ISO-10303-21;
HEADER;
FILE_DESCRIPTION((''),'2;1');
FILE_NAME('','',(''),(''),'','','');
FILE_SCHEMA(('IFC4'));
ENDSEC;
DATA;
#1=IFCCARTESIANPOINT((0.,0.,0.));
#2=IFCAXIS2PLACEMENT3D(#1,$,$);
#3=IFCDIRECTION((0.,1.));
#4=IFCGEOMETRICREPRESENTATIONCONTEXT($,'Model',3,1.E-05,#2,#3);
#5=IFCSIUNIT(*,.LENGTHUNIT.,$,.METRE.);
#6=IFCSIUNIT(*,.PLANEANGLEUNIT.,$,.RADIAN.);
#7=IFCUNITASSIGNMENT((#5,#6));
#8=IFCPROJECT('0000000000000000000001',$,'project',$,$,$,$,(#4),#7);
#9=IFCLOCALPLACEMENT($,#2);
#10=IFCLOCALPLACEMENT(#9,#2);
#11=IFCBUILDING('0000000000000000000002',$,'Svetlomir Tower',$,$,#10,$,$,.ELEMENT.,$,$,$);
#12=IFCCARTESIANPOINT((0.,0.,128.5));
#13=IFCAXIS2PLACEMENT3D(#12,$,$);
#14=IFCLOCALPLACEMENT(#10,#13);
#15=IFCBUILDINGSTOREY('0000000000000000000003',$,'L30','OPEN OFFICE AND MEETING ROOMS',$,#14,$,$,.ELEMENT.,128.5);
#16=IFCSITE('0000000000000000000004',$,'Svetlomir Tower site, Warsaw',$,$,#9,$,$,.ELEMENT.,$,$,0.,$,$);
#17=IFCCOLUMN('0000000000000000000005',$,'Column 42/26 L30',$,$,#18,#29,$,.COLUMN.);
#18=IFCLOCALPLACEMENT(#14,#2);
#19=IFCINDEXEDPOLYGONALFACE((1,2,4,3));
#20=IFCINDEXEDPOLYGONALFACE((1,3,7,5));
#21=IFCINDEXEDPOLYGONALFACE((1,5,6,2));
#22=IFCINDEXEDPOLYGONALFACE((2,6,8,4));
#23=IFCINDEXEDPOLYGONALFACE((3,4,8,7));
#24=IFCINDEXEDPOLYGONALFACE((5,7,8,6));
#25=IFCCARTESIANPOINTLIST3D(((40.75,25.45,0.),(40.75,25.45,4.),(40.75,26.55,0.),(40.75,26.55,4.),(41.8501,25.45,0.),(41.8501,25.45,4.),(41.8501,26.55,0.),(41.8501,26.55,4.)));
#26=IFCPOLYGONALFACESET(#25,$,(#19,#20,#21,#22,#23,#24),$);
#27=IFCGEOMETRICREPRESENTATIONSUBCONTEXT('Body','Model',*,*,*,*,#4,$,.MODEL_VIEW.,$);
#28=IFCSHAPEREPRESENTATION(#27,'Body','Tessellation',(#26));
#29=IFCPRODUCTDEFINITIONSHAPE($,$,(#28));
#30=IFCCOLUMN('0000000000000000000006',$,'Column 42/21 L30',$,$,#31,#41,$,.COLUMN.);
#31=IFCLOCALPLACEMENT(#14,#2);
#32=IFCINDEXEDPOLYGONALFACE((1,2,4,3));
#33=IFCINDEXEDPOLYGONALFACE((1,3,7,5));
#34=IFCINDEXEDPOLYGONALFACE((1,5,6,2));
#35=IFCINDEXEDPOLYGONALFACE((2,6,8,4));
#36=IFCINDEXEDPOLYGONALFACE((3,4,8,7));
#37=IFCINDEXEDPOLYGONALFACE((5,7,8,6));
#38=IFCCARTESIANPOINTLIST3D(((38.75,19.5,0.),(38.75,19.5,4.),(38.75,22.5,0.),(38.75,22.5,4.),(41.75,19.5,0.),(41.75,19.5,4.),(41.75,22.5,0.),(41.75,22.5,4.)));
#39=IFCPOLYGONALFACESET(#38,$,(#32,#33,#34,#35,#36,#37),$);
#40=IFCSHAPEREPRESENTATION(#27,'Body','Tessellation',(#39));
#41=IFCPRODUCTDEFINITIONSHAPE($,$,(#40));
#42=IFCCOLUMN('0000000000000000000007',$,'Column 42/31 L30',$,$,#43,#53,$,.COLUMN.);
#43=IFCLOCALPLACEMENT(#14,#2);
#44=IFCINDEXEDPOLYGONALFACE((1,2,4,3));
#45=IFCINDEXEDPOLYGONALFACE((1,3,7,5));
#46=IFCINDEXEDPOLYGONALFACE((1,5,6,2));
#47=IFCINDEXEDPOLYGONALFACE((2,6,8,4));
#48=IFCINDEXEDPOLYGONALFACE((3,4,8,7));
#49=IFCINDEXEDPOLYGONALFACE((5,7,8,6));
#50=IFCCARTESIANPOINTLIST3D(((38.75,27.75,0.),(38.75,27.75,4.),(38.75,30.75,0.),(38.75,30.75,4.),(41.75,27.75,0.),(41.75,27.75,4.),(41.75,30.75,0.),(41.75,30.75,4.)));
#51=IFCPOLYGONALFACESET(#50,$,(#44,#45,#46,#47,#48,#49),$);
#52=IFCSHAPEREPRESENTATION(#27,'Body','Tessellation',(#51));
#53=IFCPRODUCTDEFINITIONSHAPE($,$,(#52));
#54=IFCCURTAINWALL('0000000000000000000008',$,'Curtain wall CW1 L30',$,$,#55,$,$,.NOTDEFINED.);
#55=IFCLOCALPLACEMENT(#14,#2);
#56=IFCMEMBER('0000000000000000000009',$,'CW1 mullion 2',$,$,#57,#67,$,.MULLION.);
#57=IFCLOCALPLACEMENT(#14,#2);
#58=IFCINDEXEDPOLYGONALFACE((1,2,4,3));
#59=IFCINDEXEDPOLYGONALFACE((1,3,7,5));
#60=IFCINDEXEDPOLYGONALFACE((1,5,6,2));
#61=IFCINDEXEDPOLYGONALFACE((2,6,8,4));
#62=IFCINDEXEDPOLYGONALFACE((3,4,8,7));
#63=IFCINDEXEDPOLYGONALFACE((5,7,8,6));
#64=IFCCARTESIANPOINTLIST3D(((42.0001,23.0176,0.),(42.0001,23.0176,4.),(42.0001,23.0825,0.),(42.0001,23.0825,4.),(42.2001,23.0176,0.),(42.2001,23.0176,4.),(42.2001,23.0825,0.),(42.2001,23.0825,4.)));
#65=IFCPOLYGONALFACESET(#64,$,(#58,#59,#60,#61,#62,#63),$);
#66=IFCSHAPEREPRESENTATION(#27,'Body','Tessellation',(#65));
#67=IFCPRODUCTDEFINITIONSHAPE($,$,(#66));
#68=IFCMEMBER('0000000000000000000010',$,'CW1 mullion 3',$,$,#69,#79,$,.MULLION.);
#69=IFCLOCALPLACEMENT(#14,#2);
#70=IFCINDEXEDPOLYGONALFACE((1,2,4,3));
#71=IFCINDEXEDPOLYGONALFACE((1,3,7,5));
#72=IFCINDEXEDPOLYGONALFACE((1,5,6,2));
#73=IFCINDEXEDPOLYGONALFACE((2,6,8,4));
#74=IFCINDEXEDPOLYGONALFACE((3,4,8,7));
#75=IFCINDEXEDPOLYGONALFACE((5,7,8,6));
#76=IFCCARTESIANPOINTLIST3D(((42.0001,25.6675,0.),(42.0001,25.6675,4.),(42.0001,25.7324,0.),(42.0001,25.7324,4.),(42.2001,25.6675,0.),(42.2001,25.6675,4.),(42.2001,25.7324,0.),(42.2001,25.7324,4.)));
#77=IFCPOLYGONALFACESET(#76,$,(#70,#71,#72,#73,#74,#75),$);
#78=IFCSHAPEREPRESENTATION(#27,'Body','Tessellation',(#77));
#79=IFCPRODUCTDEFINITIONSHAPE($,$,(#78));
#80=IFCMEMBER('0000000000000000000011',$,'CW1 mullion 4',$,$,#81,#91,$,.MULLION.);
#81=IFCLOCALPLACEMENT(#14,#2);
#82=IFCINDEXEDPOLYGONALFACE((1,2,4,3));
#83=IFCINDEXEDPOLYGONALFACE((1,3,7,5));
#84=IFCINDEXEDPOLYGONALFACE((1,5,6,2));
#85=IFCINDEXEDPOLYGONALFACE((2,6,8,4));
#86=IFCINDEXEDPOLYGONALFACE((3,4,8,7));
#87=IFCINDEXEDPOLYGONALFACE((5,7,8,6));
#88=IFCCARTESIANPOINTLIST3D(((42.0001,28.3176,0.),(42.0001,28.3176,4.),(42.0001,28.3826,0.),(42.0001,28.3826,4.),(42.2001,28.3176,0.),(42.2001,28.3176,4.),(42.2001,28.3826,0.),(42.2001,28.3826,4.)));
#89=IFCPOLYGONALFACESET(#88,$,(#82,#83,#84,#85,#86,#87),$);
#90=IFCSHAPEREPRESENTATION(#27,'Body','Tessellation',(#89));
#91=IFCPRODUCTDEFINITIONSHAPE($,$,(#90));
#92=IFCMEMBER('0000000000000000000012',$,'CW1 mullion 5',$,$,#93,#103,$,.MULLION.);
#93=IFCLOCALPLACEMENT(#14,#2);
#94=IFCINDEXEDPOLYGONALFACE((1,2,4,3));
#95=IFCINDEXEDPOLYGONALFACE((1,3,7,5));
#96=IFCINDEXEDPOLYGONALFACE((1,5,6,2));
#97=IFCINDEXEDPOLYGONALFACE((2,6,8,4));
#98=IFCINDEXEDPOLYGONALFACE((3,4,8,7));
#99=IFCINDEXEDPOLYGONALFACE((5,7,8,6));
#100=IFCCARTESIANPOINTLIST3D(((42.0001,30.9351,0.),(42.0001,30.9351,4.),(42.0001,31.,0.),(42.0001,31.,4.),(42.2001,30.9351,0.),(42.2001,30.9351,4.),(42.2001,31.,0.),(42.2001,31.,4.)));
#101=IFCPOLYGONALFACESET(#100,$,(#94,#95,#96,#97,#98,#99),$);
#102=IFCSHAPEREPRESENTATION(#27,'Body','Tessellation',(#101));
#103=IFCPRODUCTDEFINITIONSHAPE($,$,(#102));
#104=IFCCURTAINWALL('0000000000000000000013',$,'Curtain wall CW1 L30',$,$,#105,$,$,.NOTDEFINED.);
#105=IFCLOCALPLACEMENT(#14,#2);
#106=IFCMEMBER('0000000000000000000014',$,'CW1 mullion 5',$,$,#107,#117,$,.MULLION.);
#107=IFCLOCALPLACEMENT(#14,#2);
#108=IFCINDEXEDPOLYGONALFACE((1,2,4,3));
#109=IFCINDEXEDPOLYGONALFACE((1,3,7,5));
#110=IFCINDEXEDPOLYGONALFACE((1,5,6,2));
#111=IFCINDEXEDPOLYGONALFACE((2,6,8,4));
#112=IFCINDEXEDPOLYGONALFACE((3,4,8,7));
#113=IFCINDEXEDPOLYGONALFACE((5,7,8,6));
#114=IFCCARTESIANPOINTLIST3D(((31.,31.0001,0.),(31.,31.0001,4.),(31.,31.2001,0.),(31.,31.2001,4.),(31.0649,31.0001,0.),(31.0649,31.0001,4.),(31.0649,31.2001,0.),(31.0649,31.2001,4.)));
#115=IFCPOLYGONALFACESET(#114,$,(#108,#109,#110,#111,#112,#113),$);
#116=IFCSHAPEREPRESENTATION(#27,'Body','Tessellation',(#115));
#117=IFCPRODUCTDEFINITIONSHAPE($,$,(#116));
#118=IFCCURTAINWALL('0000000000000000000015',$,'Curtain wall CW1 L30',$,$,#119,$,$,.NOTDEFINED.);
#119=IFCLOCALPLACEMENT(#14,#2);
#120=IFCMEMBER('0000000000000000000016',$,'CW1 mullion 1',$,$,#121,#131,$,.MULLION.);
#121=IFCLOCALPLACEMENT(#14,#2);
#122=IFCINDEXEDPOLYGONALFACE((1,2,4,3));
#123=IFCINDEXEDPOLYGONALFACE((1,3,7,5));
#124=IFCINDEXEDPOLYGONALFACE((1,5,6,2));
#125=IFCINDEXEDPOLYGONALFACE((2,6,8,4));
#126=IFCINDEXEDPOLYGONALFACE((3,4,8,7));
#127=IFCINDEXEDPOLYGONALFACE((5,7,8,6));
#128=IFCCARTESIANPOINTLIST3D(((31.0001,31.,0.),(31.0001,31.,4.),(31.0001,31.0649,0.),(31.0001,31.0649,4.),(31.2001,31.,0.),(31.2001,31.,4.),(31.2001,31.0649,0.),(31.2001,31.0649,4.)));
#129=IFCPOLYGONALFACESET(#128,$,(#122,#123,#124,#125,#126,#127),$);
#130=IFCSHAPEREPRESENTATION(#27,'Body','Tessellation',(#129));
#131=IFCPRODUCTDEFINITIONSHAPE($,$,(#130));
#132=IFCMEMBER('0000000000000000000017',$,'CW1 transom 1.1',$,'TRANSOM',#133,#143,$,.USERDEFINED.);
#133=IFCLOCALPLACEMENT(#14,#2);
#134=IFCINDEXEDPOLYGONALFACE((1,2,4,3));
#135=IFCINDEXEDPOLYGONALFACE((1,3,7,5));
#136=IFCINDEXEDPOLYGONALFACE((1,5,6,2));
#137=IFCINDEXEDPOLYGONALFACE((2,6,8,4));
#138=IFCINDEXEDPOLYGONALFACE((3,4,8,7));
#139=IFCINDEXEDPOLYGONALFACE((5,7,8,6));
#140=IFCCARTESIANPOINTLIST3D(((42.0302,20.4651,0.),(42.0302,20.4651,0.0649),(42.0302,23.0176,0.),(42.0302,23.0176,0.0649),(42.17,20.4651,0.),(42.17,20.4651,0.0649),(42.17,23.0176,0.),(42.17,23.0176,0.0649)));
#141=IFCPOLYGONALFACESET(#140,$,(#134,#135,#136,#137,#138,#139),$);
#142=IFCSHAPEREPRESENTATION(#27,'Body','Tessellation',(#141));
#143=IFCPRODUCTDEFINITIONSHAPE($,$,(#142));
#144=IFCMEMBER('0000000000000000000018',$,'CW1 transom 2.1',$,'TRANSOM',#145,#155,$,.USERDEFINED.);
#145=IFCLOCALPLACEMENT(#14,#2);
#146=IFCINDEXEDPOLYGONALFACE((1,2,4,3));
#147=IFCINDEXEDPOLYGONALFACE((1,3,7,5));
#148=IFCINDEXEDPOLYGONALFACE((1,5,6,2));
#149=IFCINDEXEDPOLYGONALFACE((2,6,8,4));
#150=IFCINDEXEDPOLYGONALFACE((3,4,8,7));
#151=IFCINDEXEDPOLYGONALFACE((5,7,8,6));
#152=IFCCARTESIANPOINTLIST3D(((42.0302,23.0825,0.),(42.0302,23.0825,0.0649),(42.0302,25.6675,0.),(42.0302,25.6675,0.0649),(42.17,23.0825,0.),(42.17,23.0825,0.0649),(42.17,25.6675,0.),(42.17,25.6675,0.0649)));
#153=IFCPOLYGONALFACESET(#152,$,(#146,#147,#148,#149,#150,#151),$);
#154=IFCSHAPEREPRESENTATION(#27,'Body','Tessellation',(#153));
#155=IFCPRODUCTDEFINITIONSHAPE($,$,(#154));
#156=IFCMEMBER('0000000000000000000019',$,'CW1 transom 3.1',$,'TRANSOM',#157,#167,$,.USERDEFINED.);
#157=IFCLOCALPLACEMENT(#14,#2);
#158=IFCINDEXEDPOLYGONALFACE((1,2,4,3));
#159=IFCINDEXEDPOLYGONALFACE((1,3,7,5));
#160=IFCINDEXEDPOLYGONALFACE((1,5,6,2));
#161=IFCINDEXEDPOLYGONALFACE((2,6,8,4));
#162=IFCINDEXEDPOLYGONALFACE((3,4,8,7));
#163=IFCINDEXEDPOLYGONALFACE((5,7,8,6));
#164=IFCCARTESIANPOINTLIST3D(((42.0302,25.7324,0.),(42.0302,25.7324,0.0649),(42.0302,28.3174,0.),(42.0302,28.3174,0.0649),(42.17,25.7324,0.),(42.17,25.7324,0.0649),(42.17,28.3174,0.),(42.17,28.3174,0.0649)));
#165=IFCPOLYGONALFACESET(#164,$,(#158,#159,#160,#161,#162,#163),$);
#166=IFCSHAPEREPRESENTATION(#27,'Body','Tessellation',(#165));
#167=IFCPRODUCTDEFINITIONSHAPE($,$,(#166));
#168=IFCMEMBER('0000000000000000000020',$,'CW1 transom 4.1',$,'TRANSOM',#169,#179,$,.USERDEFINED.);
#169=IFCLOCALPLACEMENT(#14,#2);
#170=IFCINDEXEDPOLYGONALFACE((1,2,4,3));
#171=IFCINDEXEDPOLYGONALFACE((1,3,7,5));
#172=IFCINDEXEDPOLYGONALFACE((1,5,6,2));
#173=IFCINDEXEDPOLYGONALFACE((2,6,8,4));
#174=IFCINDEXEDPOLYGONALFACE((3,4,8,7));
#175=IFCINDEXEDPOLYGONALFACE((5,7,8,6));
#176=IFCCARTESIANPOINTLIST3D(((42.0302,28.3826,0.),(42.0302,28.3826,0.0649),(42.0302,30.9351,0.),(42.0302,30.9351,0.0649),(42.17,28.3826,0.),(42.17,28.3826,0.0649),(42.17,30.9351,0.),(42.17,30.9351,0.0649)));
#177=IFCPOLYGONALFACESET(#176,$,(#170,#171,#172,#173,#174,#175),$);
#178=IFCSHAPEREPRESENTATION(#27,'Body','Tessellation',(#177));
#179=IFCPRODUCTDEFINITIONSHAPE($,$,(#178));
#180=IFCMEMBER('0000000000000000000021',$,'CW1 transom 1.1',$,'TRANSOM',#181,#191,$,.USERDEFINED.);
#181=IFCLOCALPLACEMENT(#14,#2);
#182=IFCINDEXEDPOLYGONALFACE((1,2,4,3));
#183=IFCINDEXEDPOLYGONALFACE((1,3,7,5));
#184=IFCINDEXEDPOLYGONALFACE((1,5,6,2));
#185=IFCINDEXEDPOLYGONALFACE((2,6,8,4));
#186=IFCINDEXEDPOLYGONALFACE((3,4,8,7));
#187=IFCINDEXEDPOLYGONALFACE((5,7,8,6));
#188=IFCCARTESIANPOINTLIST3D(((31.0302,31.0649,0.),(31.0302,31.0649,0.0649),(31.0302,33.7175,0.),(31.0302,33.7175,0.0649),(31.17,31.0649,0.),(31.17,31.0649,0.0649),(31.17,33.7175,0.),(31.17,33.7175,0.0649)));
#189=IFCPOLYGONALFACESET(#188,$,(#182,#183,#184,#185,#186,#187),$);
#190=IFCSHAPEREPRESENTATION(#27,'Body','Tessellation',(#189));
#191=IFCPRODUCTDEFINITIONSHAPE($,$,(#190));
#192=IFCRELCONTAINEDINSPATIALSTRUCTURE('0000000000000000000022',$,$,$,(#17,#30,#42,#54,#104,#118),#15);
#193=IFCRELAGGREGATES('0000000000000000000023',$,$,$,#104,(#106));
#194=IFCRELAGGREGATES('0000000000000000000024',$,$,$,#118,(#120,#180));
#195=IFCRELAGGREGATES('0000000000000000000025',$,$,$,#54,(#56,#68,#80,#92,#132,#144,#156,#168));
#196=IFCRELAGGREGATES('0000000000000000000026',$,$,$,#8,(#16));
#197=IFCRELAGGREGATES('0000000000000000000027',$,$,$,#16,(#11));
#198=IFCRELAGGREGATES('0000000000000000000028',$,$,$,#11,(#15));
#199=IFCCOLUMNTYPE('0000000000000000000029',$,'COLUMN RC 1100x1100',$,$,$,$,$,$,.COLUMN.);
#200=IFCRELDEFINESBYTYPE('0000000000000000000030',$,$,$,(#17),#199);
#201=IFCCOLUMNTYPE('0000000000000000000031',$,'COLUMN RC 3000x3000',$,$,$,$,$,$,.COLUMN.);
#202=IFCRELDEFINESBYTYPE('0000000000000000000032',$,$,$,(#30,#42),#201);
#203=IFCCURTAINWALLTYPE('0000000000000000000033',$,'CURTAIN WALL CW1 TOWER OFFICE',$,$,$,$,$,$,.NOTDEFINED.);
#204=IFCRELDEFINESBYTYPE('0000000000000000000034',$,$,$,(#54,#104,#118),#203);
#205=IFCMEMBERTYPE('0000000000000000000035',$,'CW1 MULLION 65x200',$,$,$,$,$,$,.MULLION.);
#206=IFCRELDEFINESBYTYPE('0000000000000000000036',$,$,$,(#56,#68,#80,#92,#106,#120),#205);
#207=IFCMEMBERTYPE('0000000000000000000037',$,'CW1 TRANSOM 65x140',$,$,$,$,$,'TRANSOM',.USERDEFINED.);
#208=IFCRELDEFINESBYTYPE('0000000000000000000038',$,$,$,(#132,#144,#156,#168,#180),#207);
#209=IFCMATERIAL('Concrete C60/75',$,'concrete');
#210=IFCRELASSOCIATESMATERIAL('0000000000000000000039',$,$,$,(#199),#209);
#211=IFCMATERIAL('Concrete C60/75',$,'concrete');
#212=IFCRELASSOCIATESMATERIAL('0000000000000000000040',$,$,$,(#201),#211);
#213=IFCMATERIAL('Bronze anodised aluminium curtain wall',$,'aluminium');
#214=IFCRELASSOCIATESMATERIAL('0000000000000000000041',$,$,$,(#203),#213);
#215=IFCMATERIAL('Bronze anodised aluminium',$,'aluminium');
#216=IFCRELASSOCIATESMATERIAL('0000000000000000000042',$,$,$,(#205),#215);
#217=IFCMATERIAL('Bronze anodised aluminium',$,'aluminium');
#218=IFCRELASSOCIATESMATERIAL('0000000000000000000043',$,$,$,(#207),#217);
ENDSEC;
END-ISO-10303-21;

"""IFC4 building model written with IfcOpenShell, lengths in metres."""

from ifc_helpers import new_model, si_unit, direction, frame, origin, origin_2d, place, context, subcontext, project, spatial, rectangle, extrude, material, material_profile, profile_set, type_object, element, aggregate, save


model = new_model("IFC4")

# Units and contexts
model_context = context("Model", 3, precision=1e-05, world=origin(), true_north=direction((0.0, 1.0)))
body_context = subcontext(model_context, "Body", "Model", "MODEL_VIEW")
ifc_project = project(units=[si_unit("LENGTHUNIT", "METRE"), si_unit("PLANEANGLEUNIT", "RADIAN")], contexts=[model_context])

# Site, building, storey
site_placement = place(None, origin())
site = spatial("IfcSite", under=ifc_project, at=site_placement, Name="Svetlomir Tower site, Warsaw", CompositionType="ELEMENT", RefElevation=0.0)
building_placement = place(site_placement, origin())
building = spatial("IfcBuilding", under=site, at=building_placement, Name="Svetlomir Tower", CompositionType="ELEMENT")
storey_placement = place(building_placement, frame((0.0, 0.0, 128.5)))
storey = spatial("IfcBuildingStorey", under=building, at=storey_placement, Name="L30", Description="OPEN OFFICE AND MEETING ROOMS", CompositionType="ELEMENT", Elevation=128.5)

# Columns
ifc_material_1 = material(Name="Concrete C60/75", Category="concrete")
ifc_material_profile_1 = material_profile(ifc_material_1, rectangle(XDim=1.1001, YDim=1.1001, at=origin_2d()), Name="RC 1100x1100")
ifc_profile_set_1 = profile_set([ifc_material_profile_1], Name="Concrete C60/75")
column_type_1 = type_object("IfcColumnType", Name="COLUMN RC 1100x1100", PredefinedType="COLUMN", material=ifc_profile_set_1)
column_placement = place(storey_placement, frame((41.3, 26.0, 0.0), z_axis=(0.0, 0.0, 1.0), x_axis=(1.0, 0.0, 0.0)))
element("IfcColumn", 1, at=column_placement, inside=storey, type_object=column_type_1, Name="Column 42/26 L30", PredefinedType="COLUMN", context=body_context, shape_type="SweptSolid", body=[
    extrude(rectangle(XDim=1.1001, YDim=1.1001, at=origin_2d()), origin(), (0.0, 0.0, 1.0), 4.0),
])
ifc_material_2 = material(Name="Concrete C60/75", Category="concrete")
ifc_material_profile_2 = material_profile(ifc_material_2, rectangle(XDim=3.0, YDim=3.0, at=origin_2d()), Name="RC 3000x3000")
ifc_profile_set_2 = profile_set([ifc_material_profile_2], Name="Concrete C60/75")
column_type_2 = type_object("IfcColumnType", Name="COLUMN RC 3000x3000", PredefinedType="COLUMN", material=ifc_profile_set_2)
for number, where, z_axis, x_axis, name in (
    (2, (40.25, 21.0, 0.0), (0.0, 0.0, 1.0), (1.0, 0.0, 0.0), "Column 42/21 L30"),
    (3, (40.25, 29.25, 0.0), (0.0, 0.0, 1.0), (1.0, 0.0, 0.0), "Column 42/31 L30"),
):
    element("IfcColumn", number, at=place(storey_placement, frame(where, z_axis=z_axis, x_axis=x_axis)), inside=storey, type_object=column_type_2, Name=name, PredefinedType="COLUMN", context=body_context, shape_type="SweptSolid", body=[
        extrude(rectangle(XDim=3.0, YDim=3.0, at=origin_2d()), origin(), (0.0, 0.0, 1.0), 4.0),
    ])

# Curtain wall, members
ifc_material_3 = material(Name="Bronze anodised aluminium curtain wall", Category="aluminium")
curtain_wall_type = type_object("IfcCurtainWallType", Name="CURTAIN WALL CW1 TOWER OFFICE", PredefinedType="NOTDEFINED", material=ifc_material_3)
curtain_wall_1_placement = place(storey_placement, origin())
curtain_wall_1 = element("IfcCurtainWall", 4, at=curtain_wall_1_placement, inside=storey, type_object=curtain_wall_type, Name="Curtain wall CW1 L30", PredefinedType="NOTDEFINED")
ifc_material_4 = material(Name="Bronze anodised aluminium", Category="aluminium")
ifc_material_profile_3 = material_profile(ifc_material_4, rectangle(XDim=0.0649, YDim=0.2, at=origin_2d()), Name="AL 65x200")
ifc_profile_set_3 = profile_set([ifc_material_profile_3], Name="Bronze anodised aluminium 6063-T6")
member_type_1 = type_object("IfcMemberType", Name="CW1 MULLION 65x200", PredefinedType="MULLION", material=ifc_profile_set_3)
member_1_placement = place(storey_placement, frame((42.1001, 23.05, 0.0), z_axis=(0.0, 0.0, 1.0), x_axis=(0.0, 1.0, 0.0)))
member_1 = element("IfcMember", 5, at=member_1_placement, type_object=member_type_1, Name="CW1 mullion 2", PredefinedType="MULLION", context=body_context, shape_type="SweptSolid", body=[
    extrude(rectangle(XDim=0.0649, YDim=0.2, at=origin_2d()), origin(), (0.0, 0.0, 1.0), 4.0),
])
member_2_placement = place(storey_placement, frame((42.1001, 25.7, 0.0), z_axis=(0.0, 0.0, 1.0), x_axis=(0.0, 1.0, 0.0)))
member_2 = element("IfcMember", 6, at=member_2_placement, type_object=member_type_1, Name="CW1 mullion 3", PredefinedType="MULLION", context=body_context, shape_type="SweptSolid", body=[
    extrude(rectangle(XDim=0.0649, YDim=0.2, at=origin_2d()), origin(), (0.0, 0.0, 1.0), 4.0),
])
member_3_placement = place(storey_placement, frame((42.1001, 28.3501, 0.0), z_axis=(0.0, 0.0, 1.0), x_axis=(0.0, 1.0, 0.0)))
member_3 = element("IfcMember", 7, at=member_3_placement, type_object=member_type_1, Name="CW1 mullion 4", PredefinedType="MULLION", context=body_context, shape_type="SweptSolid", body=[
    extrude(rectangle(XDim=0.0649, YDim=0.2, at=origin_2d()), origin(), (0.0, 0.0, 1.0), 4.0),
])
member_4_placement = place(storey_placement, frame((42.1001, 30.9675, 0.0), z_axis=(0.0, 0.0, 1.0), x_axis=(0.0, 1.0, 0.0)))
member_4 = element("IfcMember", 8, at=member_4_placement, type_object=member_type_1, Name="CW1 mullion 5", PredefinedType="MULLION", context=body_context, shape_type="SweptSolid", body=[
    extrude(rectangle(XDim=0.0649, YDim=0.2, at=origin_2d()), origin(), (0.0, 0.0, 1.0), 4.0),
])

# Curtain walls, members
curtain_wall_2_placement = place(storey_placement, origin())
curtain_wall_2 = element("IfcCurtainWall", 9, at=curtain_wall_2_placement, inside=storey, type_object=curtain_wall_type, Name="Curtain wall CW1 L30", PredefinedType="NOTDEFINED")
member_5_placement = place(storey_placement, frame((31.0325, 31.1001, 0.0), z_axis=(0.0, 0.0, 1.0), x_axis=(-1.0, 0.0, 0.0)))
member_5 = element("IfcMember", 10, at=member_5_placement, type_object=member_type_1, Name="CW1 mullion 5", PredefinedType="MULLION", context=body_context, shape_type="SweptSolid", body=[
    extrude(rectangle(XDim=0.0649, YDim=0.2, at=origin_2d()), origin(), (0.0, 0.0, 1.0), 4.0),
])
aggregate(curtain_wall_2, [member_5])
curtain_wall_3_placement = place(storey_placement, origin())
curtain_wall_3 = element("IfcCurtainWall", 11, at=curtain_wall_3_placement, inside=storey, type_object=curtain_wall_type, Name="Curtain wall CW1 L30", PredefinedType="NOTDEFINED")
member_6_placement = place(storey_placement, frame((31.1001, 31.0325, 0.0), z_axis=(0.0, 0.0, 1.0), x_axis=(0.0, 1.0, 0.0)))
member_6 = element("IfcMember", 12, at=member_6_placement, type_object=member_type_1, Name="CW1 mullion 1", PredefinedType="MULLION", context=body_context, shape_type="SweptSolid", body=[
    extrude(rectangle(XDim=0.0649, YDim=0.2, at=origin_2d()), origin(), (0.0, 0.0, 1.0), 4.0),
])

# Members
ifc_material_5 = material(Name="Bronze anodised aluminium", Category="aluminium")
ifc_material_profile_4 = material_profile(ifc_material_5, rectangle(XDim=0.1399, YDim=0.0649, at=origin_2d()), Name="AL 140x65")
ifc_profile_set_4 = profile_set([ifc_material_profile_4], Name="Bronze anodised aluminium 6063-T6")
member_type_2 = type_object("IfcMemberType", Name="CW1 TRANSOM 65x140", ElementType="TRANSOM", PredefinedType="USERDEFINED", material=ifc_profile_set_4)
member_7_placement = place(storey_placement, frame((42.1001, 20.4651, 0.0325), z_axis=(0.0, 1.0, 0.0), x_axis=(-1.0, 0.0, 0.0)))
member_7 = element("IfcMember", 13, at=member_7_placement, type_object=member_type_2, Name="CW1 transom 1.1", ObjectType="TRANSOM", PredefinedType="USERDEFINED", context=body_context, shape_type="SweptSolid", body=[
    extrude(rectangle(XDim=0.1399, YDim=0.0649, at=origin_2d()), origin(), (0.0, 0.0, 1.0), 2.5525),
])
member_8_placement = place(storey_placement, frame((42.1001, 23.0825, 0.0325), z_axis=(0.0, 1.0, 0.0), x_axis=(-1.0, 0.0, 0.0)))
member_8 = element("IfcMember", 14, at=member_8_placement, type_object=member_type_2, Name="CW1 transom 2.1", ObjectType="TRANSOM", PredefinedType="USERDEFINED", context=body_context, shape_type="SweptSolid", body=[
    extrude(rectangle(XDim=0.1399, YDim=0.0649, at=origin_2d()), origin(), (0.0, 0.0, 1.0), 2.585),
])
member_9_placement = place(storey_placement, frame((42.1001, 25.7324, 0.0325), z_axis=(0.0, 1.0, 0.0), x_axis=(-1.0, 0.0, 0.0)))
member_9 = element("IfcMember", 15, at=member_9_placement, type_object=member_type_2, Name="CW1 transom 3.1", ObjectType="TRANSOM", PredefinedType="USERDEFINED", context=body_context, shape_type="SweptSolid", body=[
    extrude(rectangle(XDim=0.1399, YDim=0.0649, at=origin_2d()), origin(), (0.0, 0.0, 1.0), 2.585),
])
member_10_placement = place(storey_placement, frame((42.1001, 28.3826, 0.0325), z_axis=(0.0, 1.0, 0.0), x_axis=(-1.0, 0.0, 0.0)))
member_10 = element("IfcMember", 16, at=member_10_placement, type_object=member_type_2, Name="CW1 transom 4.1", ObjectType="TRANSOM", PredefinedType="USERDEFINED", context=body_context, shape_type="SweptSolid", body=[
    extrude(rectangle(XDim=0.1399, YDim=0.0649, at=origin_2d()), origin(), (0.0, 0.0, 1.0), 2.5525),
])
member_11_placement = place(storey_placement, frame((31.1001, 31.0649, 0.0325), z_axis=(0.0, 1.0, 0.0), x_axis=(-1.0, 0.0, 0.0)))
member_11 = element("IfcMember", 17, at=member_11_placement, type_object=member_type_2, Name="CW1 transom 1.1", ObjectType="TRANSOM", PredefinedType="USERDEFINED", context=body_context, shape_type="SweptSolid", body=[
    extrude(rectangle(XDim=0.1399, YDim=0.0649, at=origin_2d()), origin(), (0.0, 0.0, 1.0), 2.6526),
])
aggregate(curtain_wall_3, [member_6, member_11])

aggregate(curtain_wall_1, [member_1, member_2, member_3, member_4, member_7, member_8, member_9, member_10])

save(model, "model.ifc")
